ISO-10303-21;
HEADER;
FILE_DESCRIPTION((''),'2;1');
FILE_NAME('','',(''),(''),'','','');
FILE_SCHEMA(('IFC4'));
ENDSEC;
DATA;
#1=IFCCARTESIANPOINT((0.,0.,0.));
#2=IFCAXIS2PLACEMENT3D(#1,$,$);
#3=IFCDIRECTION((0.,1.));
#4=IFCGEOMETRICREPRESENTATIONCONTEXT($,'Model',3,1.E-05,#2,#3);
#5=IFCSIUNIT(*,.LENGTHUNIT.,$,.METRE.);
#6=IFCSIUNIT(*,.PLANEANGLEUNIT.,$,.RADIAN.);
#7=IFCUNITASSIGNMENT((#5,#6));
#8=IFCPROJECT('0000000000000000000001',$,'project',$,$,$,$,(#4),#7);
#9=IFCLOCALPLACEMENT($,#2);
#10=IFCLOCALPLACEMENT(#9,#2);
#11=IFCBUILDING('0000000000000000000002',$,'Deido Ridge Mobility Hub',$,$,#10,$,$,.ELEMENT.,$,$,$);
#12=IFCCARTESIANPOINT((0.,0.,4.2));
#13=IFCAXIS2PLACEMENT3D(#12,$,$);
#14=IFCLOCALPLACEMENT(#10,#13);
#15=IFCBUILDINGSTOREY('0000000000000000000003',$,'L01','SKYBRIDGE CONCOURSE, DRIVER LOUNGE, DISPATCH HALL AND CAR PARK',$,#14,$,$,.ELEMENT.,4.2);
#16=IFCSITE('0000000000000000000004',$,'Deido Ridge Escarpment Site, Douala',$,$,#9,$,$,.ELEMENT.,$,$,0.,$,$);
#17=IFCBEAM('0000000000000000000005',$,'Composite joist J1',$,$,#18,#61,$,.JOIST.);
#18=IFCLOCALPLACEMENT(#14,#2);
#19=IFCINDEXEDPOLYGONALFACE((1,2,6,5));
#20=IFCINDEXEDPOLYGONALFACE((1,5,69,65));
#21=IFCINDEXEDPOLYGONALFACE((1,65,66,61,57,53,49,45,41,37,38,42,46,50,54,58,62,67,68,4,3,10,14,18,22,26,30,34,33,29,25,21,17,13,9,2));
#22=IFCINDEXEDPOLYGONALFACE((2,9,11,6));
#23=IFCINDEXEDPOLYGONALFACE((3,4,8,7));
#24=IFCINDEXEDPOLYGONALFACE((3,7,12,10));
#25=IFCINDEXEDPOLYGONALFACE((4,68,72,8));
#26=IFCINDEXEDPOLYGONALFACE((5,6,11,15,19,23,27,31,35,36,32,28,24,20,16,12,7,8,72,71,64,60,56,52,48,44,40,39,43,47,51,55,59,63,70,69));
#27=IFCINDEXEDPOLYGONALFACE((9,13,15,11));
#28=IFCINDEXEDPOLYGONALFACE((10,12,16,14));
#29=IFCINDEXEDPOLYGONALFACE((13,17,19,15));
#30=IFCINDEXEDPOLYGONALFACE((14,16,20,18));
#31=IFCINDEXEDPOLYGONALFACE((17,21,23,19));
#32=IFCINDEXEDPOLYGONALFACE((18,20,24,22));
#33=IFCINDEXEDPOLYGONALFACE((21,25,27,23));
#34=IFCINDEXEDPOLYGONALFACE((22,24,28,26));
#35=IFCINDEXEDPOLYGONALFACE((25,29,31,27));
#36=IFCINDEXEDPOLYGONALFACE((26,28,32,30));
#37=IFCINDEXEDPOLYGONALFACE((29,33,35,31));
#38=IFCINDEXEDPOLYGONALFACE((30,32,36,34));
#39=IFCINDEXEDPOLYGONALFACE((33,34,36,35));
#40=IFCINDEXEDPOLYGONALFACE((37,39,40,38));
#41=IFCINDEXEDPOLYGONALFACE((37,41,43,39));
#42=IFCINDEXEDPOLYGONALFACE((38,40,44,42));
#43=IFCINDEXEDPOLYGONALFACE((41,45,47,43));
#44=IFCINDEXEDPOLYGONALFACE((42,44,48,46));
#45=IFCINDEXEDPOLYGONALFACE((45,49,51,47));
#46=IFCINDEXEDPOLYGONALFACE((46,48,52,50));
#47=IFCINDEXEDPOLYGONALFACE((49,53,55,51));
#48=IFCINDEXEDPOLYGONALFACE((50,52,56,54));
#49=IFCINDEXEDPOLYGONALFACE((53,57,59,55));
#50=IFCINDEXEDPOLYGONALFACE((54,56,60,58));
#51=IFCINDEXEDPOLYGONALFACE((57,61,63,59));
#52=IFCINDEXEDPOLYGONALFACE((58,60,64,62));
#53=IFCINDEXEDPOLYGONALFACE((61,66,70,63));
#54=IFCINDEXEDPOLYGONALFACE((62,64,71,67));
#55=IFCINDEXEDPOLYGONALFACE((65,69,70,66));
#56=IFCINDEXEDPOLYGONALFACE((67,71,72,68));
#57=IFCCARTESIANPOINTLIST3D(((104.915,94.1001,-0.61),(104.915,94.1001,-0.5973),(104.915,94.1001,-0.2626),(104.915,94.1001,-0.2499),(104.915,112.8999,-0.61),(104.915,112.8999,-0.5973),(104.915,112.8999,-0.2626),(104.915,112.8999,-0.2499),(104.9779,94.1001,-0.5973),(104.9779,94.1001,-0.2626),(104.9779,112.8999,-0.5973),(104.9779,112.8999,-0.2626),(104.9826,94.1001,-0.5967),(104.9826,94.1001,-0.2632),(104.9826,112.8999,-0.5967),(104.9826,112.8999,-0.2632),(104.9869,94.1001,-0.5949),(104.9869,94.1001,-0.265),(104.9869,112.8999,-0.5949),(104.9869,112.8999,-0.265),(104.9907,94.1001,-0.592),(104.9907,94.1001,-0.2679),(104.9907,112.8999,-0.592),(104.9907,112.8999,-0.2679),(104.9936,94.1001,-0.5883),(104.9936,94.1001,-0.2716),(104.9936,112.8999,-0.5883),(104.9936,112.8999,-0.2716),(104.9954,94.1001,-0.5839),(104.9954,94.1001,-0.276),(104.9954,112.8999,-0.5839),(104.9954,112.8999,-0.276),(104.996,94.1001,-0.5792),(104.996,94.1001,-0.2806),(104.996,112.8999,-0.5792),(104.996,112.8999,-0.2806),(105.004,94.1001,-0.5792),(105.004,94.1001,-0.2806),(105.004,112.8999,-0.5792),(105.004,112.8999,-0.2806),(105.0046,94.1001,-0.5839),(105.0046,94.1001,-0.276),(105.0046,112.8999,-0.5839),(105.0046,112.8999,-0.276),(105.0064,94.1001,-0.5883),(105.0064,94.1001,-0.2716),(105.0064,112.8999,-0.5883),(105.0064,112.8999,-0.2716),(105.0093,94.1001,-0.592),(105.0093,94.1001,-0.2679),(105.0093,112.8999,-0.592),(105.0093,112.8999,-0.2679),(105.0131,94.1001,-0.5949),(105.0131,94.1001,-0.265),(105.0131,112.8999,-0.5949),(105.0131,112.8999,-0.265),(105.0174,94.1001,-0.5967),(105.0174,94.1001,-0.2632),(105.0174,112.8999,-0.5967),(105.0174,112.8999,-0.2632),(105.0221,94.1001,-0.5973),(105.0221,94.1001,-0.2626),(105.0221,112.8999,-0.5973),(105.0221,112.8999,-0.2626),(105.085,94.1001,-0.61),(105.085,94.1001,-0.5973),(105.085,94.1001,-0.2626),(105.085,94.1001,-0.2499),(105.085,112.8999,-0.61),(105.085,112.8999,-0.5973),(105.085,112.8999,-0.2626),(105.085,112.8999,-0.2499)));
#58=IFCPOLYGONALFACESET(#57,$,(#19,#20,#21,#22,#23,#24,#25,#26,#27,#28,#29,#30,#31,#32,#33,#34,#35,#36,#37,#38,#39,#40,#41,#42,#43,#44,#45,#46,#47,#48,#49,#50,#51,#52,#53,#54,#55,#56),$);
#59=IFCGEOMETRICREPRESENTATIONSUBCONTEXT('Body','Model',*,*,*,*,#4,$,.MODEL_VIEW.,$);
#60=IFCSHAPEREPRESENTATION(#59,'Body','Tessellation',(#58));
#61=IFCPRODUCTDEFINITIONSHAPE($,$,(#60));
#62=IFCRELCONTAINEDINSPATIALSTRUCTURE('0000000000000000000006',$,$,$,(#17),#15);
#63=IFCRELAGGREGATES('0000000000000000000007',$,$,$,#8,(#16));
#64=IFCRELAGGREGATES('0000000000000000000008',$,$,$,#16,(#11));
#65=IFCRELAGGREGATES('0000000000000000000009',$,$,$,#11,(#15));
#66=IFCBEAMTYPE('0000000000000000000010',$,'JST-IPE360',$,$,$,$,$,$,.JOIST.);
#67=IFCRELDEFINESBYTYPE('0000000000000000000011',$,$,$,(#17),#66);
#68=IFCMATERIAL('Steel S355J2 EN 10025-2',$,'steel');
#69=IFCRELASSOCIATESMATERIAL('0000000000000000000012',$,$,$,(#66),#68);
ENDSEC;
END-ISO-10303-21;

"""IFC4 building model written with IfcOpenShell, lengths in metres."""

from ifc_helpers import new_model, si_unit, direction, frame, origin, origin_2d, place, context, subcontext, project, spatial, i_section, extrude, material, material_profile, profile_set, type_object, element, save


model = new_model("IFC4")

# Units and contexts
model_context = context("Model", 3, precision=1e-05, world=origin(), true_north=direction((0.0, 1.0)))
body_context = subcontext(model_context, "Body", "Model", "MODEL_VIEW")
ifc_project = project(units=[si_unit("LENGTHUNIT", "METRE"), si_unit("PLANEANGLEUNIT", "RADIAN")], contexts=[model_context])

# Site, building, storey
site_placement = place(None, origin())
site = spatial("IfcSite", under=ifc_project, at=site_placement, Name="Deido Ridge Escarpment Site, Douala", CompositionType="ELEMENT", RefElevation=0.0)
building_placement = place(site_placement, origin())
building = spatial("IfcBuilding", under=site, at=building_placement, Name="Deido Ridge Mobility Hub", CompositionType="ELEMENT")
storey_placement = place(building_placement, frame((0.0, 0.0, 4.2)))
storey = spatial("IfcBuildingStorey", under=building, at=storey_placement, Name="L01", Description="SKYBRIDGE CONCOURSE, DRIVER LOUNGE, DISPATCH HALL AND CAR PARK", CompositionType="ELEMENT", Elevation=4.2)

# Shared definitions
ifc_material_1 = material(Name="Steel S355J2 EN 10025-2", Category="steel")

# Beam
ifc_material_profile_1 = material_profile(ifc_material_1, i_section(OverallWidth=0.1699, OverallDepth=0.3601, WebThickness=0.0081, FlangeThickness=0.0127, FilletRadius=0.0181, at=origin_2d()), Name="IPE 360")
ifc_profile_set_1 = profile_set([ifc_material_profile_1], Name="Steel S355J2 EN 10025-2")
beam_type_1 = type_object("IfcBeamType", Name="JST-IPE360", PredefinedType="JOIST", material=ifc_profile_set_1)
for number, where, z_axis, x_axis, name in (
    (1, (105.0, 94.1001, -0.4299), (0.0, 1.0, 0.0), (-1.0, 0.0, 0.0), "Composite joist J1"),
):
    element("IfcBeam", number, at=place(storey_placement, frame(where, z_axis=z_axis, x_axis=x_axis)), inside=storey, type_object=beam_type_1, Name=name, PredefinedType="JOIST", context=body_context, shape_type="SweptSolid", body=[
        extrude(i_section(OverallWidth=0.1699, OverallDepth=0.3601, WebThickness=0.0081, FlangeThickness=0.0127, FilletRadius=0.0181, at=origin_2d()), origin(), (0.0, 0.0, 1.0), 18.7998),
    ])

save(model, "model.ifc")
